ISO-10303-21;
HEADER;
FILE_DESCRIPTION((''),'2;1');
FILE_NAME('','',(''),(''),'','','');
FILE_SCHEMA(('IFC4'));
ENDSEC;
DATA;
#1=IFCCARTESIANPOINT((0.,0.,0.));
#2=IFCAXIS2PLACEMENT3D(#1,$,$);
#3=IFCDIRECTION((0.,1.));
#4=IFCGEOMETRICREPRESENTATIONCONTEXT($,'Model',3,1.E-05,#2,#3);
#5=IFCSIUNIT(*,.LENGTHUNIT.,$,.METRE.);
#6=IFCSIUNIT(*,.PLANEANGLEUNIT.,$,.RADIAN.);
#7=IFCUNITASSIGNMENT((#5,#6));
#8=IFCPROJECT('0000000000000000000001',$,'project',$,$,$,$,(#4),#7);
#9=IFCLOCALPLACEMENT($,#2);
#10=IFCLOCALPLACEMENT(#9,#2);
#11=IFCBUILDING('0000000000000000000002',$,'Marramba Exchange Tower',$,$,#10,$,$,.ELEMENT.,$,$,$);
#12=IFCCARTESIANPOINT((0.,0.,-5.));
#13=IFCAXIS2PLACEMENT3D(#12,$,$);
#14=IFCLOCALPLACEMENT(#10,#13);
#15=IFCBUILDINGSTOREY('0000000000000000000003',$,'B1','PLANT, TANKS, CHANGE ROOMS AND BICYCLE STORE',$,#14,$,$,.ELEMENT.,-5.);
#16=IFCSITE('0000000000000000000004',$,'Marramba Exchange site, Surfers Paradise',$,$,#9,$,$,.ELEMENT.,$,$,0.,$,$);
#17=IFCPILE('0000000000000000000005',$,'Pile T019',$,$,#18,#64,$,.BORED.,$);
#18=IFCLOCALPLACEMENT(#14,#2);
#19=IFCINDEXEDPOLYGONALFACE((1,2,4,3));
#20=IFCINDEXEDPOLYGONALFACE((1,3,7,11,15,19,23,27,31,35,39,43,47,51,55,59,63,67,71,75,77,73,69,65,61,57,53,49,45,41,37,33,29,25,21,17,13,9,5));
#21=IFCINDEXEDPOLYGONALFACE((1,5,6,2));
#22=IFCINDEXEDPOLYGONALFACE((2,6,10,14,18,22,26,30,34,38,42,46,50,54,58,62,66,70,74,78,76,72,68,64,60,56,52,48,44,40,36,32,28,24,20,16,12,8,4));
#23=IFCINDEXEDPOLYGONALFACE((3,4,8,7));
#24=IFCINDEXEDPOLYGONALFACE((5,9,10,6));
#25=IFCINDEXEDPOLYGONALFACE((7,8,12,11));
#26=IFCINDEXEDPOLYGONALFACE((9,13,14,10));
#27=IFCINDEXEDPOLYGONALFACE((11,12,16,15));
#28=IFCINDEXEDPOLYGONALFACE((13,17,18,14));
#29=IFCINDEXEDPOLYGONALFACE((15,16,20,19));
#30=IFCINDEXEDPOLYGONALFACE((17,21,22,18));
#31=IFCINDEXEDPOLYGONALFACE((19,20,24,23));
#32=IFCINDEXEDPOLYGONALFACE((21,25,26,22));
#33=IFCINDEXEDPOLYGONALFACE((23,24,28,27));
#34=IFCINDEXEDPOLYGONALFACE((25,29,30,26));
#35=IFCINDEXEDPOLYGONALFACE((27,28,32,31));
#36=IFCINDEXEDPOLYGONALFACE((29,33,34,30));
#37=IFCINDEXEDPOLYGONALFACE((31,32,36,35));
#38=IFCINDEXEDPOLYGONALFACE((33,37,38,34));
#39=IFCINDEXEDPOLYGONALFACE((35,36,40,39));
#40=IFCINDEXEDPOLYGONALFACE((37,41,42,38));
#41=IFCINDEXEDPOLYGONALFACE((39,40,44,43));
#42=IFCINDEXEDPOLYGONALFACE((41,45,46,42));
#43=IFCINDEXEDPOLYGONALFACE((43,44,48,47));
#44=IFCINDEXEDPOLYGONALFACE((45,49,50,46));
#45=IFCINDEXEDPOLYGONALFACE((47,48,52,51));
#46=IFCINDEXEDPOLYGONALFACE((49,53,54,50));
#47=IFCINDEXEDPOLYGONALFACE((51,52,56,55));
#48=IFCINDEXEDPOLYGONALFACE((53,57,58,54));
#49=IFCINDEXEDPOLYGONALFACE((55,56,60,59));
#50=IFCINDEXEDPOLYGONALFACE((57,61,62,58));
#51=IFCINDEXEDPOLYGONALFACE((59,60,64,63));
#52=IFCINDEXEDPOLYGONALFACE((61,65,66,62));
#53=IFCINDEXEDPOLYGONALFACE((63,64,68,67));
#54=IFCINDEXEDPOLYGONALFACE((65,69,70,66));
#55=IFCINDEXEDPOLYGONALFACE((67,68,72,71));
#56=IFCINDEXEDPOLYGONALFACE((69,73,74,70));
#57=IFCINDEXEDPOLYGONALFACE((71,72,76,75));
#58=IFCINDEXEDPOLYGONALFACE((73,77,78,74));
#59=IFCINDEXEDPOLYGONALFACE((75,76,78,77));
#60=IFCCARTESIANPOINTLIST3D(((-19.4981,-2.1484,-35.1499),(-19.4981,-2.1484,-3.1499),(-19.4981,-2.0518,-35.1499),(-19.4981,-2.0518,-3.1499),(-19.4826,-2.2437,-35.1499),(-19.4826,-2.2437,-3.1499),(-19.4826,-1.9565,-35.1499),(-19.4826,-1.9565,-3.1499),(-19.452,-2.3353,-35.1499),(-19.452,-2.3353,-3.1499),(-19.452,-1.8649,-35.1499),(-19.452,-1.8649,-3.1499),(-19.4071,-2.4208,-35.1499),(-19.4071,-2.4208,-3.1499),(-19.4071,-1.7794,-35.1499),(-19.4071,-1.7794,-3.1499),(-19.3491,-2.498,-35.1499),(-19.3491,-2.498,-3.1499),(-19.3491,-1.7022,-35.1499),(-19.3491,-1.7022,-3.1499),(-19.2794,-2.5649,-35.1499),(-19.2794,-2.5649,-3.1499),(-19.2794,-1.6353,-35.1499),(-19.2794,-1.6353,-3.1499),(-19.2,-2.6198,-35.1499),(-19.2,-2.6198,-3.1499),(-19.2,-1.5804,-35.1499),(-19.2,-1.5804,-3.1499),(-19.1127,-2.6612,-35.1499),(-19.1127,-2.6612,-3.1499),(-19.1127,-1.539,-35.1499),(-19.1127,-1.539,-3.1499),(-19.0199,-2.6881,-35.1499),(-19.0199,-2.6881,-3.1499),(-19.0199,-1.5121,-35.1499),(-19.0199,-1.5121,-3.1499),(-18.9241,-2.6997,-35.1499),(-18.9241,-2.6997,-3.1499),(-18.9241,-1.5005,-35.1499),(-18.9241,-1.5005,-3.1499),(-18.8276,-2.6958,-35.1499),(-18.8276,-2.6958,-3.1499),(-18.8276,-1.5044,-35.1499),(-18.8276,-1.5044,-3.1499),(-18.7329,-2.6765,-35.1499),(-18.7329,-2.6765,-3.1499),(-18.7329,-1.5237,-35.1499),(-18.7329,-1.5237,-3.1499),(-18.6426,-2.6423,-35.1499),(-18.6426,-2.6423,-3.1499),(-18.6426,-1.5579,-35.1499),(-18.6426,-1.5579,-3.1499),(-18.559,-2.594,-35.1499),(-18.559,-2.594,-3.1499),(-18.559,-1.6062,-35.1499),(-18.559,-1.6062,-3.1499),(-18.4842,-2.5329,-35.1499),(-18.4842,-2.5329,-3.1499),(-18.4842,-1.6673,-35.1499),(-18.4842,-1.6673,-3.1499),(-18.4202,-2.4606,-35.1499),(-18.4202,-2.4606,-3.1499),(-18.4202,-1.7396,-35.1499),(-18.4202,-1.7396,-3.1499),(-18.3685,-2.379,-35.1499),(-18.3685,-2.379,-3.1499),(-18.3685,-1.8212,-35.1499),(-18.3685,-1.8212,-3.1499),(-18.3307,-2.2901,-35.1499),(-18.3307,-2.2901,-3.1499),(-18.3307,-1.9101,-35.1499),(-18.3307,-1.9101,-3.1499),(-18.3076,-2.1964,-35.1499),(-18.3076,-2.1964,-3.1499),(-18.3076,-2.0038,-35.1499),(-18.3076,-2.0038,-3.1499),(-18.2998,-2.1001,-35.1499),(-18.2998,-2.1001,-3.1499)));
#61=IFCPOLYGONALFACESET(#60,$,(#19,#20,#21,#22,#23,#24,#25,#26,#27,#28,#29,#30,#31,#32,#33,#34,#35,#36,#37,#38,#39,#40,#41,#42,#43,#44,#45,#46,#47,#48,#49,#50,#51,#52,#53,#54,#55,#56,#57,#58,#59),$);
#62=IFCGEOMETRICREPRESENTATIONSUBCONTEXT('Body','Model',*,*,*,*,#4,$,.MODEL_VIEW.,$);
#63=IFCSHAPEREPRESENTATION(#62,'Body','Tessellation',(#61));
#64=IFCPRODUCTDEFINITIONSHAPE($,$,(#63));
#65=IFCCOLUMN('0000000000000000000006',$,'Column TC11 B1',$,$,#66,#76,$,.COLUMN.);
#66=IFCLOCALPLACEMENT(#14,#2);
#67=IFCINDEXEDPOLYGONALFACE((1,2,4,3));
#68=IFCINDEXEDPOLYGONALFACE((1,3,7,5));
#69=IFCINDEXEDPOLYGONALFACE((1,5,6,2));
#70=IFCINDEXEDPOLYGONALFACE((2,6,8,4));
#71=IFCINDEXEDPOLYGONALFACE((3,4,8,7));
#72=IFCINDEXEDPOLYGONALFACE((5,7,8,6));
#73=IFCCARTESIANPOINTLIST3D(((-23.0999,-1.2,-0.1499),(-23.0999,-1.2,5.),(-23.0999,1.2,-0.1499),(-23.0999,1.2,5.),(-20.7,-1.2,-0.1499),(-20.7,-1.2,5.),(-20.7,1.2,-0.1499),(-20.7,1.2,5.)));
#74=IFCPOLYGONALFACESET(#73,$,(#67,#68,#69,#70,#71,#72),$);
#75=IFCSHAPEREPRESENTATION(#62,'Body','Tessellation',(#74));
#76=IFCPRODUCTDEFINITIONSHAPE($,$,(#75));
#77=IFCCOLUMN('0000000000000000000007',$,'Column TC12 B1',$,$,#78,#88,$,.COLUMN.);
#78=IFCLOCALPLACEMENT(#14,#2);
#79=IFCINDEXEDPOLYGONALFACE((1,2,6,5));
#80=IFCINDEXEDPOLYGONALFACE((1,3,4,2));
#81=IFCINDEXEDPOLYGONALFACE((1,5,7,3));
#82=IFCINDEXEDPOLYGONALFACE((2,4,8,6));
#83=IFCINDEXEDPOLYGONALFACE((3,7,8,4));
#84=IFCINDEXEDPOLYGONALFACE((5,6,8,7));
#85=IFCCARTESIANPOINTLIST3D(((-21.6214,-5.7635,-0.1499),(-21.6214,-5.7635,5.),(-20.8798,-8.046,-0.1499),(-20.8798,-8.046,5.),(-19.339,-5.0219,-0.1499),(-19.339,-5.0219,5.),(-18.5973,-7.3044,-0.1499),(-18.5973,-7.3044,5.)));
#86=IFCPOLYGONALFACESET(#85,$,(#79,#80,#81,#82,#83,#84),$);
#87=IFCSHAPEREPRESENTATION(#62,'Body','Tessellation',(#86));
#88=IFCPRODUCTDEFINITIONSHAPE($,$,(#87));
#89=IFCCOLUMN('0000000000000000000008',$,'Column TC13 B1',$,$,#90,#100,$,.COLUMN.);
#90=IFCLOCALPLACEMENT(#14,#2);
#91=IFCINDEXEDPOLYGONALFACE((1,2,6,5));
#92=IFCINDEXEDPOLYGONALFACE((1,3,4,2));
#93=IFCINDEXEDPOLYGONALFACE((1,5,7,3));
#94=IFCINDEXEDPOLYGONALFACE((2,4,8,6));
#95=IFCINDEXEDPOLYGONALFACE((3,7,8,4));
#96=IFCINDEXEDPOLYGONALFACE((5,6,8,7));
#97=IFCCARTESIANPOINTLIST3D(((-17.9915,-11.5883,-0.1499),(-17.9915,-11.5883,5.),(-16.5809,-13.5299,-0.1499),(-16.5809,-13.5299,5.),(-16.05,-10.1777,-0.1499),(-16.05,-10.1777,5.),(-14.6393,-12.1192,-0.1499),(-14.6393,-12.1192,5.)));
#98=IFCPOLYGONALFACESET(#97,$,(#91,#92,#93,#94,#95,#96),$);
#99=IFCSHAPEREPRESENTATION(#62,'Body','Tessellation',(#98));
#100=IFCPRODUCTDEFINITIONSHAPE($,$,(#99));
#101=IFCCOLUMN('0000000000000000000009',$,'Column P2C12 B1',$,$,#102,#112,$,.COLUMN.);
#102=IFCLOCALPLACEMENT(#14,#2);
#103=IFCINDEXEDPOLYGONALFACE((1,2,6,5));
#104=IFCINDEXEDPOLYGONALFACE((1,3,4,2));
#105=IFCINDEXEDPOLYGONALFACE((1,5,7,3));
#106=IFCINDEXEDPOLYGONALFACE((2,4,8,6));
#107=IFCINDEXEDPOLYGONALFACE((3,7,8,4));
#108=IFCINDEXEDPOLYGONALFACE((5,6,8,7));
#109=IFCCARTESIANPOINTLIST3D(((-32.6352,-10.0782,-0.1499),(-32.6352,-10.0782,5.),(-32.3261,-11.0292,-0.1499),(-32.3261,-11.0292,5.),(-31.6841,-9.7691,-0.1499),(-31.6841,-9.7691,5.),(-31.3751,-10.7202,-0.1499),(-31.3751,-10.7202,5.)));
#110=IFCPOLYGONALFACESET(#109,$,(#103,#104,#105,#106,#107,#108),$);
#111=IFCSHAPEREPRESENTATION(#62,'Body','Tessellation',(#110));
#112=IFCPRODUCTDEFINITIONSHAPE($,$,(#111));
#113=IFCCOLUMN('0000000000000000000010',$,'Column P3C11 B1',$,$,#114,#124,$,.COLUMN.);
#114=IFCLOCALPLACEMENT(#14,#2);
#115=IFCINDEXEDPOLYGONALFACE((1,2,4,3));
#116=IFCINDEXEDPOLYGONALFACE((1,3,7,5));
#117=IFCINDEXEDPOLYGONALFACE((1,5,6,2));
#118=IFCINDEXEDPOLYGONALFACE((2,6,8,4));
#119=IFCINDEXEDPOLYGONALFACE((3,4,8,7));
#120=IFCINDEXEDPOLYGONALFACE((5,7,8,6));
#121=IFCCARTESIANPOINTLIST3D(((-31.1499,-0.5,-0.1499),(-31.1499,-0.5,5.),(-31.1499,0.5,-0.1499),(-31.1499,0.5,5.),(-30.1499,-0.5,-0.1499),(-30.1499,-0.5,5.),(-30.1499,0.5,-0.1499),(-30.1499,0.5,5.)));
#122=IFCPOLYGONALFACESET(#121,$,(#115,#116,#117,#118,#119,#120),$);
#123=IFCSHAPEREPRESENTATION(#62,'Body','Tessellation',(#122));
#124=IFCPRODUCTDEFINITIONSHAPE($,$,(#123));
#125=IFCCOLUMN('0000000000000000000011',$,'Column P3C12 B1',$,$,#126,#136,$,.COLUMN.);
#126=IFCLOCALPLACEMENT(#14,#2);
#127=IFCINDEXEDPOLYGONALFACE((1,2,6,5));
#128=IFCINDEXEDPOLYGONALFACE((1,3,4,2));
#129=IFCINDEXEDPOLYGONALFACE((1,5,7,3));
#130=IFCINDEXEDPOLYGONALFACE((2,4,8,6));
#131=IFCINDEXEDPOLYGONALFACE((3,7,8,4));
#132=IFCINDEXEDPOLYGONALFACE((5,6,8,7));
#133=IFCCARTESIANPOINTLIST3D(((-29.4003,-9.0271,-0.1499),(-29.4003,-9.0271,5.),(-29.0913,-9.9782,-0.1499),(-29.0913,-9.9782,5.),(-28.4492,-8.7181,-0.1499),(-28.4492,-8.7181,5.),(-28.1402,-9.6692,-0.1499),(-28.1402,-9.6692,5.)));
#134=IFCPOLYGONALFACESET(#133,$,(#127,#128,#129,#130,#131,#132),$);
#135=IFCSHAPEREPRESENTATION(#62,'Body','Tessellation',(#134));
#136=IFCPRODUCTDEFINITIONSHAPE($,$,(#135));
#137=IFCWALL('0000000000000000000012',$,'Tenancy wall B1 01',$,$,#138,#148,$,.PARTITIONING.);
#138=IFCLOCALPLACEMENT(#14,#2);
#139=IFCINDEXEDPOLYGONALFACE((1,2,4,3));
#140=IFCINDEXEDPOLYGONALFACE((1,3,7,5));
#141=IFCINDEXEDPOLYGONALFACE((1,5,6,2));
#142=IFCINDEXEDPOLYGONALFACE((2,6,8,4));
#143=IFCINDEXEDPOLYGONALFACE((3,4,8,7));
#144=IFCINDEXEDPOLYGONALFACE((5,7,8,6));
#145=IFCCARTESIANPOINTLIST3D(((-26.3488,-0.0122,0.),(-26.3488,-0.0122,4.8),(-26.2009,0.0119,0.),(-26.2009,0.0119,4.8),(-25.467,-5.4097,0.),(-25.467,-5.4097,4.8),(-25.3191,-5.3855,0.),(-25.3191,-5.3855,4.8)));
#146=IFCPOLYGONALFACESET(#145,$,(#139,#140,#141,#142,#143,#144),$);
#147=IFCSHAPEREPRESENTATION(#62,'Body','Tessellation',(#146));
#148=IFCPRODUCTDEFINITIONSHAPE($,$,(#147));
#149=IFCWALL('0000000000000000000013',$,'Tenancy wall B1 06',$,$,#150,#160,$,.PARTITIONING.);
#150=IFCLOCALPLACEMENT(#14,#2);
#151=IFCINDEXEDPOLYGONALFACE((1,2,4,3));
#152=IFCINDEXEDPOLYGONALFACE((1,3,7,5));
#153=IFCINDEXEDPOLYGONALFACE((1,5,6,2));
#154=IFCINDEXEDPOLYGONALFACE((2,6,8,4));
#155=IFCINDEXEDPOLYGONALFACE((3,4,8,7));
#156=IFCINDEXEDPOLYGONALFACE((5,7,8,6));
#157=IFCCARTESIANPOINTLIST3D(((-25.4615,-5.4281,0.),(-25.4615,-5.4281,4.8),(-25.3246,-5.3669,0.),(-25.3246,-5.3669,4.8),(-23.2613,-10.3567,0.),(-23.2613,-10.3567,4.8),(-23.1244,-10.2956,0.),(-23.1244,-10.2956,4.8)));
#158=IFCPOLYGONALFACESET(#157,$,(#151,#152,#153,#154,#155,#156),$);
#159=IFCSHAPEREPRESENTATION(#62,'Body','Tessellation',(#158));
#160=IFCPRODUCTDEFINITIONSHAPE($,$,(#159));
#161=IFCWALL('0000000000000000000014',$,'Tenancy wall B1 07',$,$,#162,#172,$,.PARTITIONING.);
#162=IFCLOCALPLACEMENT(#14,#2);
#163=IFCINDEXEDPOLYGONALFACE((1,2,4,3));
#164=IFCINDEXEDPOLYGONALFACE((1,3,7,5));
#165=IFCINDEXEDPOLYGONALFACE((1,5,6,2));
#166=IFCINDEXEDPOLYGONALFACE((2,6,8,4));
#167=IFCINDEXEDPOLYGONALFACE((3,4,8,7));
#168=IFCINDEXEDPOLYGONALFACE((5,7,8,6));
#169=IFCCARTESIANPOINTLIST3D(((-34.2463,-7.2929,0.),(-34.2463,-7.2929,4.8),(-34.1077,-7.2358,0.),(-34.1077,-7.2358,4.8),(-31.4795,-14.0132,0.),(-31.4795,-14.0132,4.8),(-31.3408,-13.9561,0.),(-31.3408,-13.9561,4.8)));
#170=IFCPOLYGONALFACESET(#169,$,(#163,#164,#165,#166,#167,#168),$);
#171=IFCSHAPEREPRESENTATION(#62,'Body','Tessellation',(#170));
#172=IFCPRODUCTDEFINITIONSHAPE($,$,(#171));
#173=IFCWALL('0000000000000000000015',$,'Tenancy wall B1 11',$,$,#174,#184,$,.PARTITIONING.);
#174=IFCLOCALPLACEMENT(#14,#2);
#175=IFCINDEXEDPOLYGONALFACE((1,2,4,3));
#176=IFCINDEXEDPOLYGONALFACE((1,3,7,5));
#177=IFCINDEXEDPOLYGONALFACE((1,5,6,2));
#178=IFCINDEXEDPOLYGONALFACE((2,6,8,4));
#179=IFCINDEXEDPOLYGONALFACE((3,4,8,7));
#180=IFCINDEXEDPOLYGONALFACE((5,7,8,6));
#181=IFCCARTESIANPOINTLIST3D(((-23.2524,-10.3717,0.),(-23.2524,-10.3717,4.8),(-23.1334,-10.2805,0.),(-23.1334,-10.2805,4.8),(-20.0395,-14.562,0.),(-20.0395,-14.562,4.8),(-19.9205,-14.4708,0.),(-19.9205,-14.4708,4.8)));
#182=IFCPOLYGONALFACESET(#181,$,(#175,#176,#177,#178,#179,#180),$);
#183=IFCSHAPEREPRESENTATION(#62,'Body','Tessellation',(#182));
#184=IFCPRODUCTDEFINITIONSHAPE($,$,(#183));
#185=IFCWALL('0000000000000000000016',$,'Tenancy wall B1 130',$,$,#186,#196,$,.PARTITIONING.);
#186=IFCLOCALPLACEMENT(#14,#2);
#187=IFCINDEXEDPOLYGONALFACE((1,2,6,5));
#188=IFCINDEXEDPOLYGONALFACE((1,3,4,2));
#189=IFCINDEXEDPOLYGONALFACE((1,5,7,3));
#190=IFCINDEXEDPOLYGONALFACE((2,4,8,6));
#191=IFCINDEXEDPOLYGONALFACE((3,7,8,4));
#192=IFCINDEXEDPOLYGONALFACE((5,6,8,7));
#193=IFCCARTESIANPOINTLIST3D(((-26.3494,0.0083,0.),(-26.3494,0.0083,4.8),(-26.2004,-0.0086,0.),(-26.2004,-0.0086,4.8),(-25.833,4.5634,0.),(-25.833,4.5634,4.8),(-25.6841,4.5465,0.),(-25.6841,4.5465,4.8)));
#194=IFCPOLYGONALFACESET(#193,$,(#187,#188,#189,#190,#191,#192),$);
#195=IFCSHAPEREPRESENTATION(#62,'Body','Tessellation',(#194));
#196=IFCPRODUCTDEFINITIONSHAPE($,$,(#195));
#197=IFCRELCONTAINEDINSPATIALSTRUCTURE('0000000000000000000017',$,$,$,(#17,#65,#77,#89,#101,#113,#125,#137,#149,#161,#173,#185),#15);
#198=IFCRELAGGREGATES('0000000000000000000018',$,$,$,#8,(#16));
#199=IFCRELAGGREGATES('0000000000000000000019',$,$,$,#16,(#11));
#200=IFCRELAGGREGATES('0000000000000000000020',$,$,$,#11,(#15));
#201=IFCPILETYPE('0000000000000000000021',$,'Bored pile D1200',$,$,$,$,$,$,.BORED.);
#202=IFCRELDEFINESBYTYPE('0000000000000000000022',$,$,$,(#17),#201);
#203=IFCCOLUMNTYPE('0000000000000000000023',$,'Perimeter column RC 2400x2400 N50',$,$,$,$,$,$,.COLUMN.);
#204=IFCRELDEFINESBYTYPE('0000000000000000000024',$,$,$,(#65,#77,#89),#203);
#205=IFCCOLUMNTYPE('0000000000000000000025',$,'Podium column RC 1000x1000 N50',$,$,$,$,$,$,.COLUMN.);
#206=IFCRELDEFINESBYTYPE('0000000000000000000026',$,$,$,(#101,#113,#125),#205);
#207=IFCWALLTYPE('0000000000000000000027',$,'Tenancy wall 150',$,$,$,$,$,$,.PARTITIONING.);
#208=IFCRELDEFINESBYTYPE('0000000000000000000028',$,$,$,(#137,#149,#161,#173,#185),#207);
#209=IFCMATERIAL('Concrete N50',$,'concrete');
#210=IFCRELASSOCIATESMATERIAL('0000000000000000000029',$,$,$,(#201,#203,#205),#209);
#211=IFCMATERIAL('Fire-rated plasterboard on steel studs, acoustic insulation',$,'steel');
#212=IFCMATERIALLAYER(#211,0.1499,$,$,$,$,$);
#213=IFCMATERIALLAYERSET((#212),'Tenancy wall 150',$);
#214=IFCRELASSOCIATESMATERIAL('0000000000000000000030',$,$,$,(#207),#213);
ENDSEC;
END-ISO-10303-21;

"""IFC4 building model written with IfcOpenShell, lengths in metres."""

from ifc_helpers import new_model, si_unit, direction, frame, frame_2d, origin, origin_2d, place, context, subcontext, project, spatial, rectangle, circle, extrude, material, layer, layer_set, material_profile, profile_set, type_object, element, save


model = new_model("IFC4")

# Units and contexts
model_context = context("Model", 3, precision=1e-05, world=origin(), true_north=direction((0.0, 1.0)))
body_context = subcontext(model_context, "Body", "Model", "MODEL_VIEW")
ifc_project = project(units=[si_unit("LENGTHUNIT", "METRE"), si_unit("PLANEANGLEUNIT", "RADIAN")], contexts=[model_context])

# Site, building, storey
site_placement = place(None, origin())
site = spatial("IfcSite", under=ifc_project, at=site_placement, Name="Marramba Exchange site, Surfers Paradise", CompositionType="ELEMENT", RefElevation=0.0)
building_placement = place(site_placement, origin())
building = spatial("IfcBuilding", under=site, at=building_placement, Name="Marramba Exchange Tower", CompositionType="ELEMENT")
storey_placement = place(building_placement, frame((0.0, 0.0, -5.0)))
storey = spatial("IfcBuildingStorey", under=building, at=storey_placement, Name="B1", Description="PLANT, TANKS, CHANGE ROOMS AND BICYCLE STORE", CompositionType="ELEMENT", Elevation=-5.0)

# Pile
ifc_material_1 = material(Name="Concrete N50", Category="concrete")
ifc_material_profile_1 = material_profile(ifc_material_1, circle(Radius=0.6001, at=origin_2d()), Name="BP D1200")
ifc_profile_set_1 = profile_set([ifc_material_profile_1], Name="Concrete N50")
pile_type = type_object("IfcPileType", Name="Bored pile D1200", PredefinedType="BORED", material=ifc_profile_set_1)
for number, where, z_axis, x_axis, name in (
    (1, (-18.8999, -2.1001, -3.1499), (0.0, 0.0, -1.0), (1.0, 0.0, 0.0), "Pile T019"),
):
    element("IfcPile", number, at=place(storey_placement, frame(where, z_axis=z_axis, x_axis=x_axis)), inside=storey, type_object=pile_type, Name=name, PredefinedType="BORED", context=body_context, shape_type="SweptSolid", body=[
        extrude(circle(Radius=0.6001, at=origin_2d()), origin(), (0.0, 0.0, 1.0), 32.0),
    ])

# Columns
ifc_material_profile_2 = material_profile(ifc_material_1, rectangle(XDim=2.3999, YDim=2.3999, at=origin_2d()), Name="RC 2400x2400")
ifc_profile_set_2 = profile_set([ifc_material_profile_2], Name="Concrete N50")
column_type_1 = type_object("IfcColumnType", Name="Perimeter column RC 2400x2400 N50", PredefinedType="COLUMN", material=ifc_profile_set_2)
for number, where, z_axis, x_axis, name in (
    (2, (-21.8999, 0.0, -0.1499), (0.0, 0.0, 1.0), (-1.0, 0.0, 0.0), "Column TC11 B1"),
    (3, (-20.1094, -6.5339, -0.1499), (0.0, 0.0, 1.0), (-0.951057, -0.309017, 0.0), "Column TC12 B1"),
    (4, (-16.3154, -11.8538, -0.1499), (0.0, 0.0, 1.0), (-0.809017, -0.587785, 0.0), "Column TC13 B1"),
):
    element("IfcColumn", number, at=place(storey_placement, frame(where, z_axis=z_axis, x_axis=x_axis)), inside=storey, type_object=column_type_1, Name=name, PredefinedType="COLUMN", context=body_context, shape_type="SweptSolid", body=[
        extrude(rectangle(XDim=2.3999, YDim=2.3999, at=origin_2d()), origin(), (0.0, 0.0, 1.0), 5.1499),
    ])
ifc_material_profile_3 = material_profile(ifc_material_1, rectangle(XDim=1.0, YDim=1.0, at=origin_2d()), Name="RC 1000x1000")
ifc_profile_set_3 = profile_set([ifc_material_profile_3], Name="Concrete N50")
column_type_2 = type_object("IfcColumnType", Name="Podium column RC 1000x1000 N50", PredefinedType="COLUMN", material=ifc_profile_set_3)
for number, where, z_axis, x_axis, name in (
    (5, (-32.0051, -10.3992, -0.1499), (0.0, 0.0, 1.0), (-0.951057, -0.309017, 0.0), "Column P2C12 B1"),
    (6, (-30.6499, 0.0, -0.1499), (0.0, 0.0, 1.0), (-1.0, 0.0, 0.0), "Column P3C11 B1"),
    (7, (-28.7703, -9.3481, -0.1499), (0.0, 0.0, 1.0), (-0.951057, -0.309017, 0.0), "Column P3C12 B1"),
):
    element("IfcColumn", number, at=place(storey_placement, frame(where, z_axis=z_axis, x_axis=x_axis)), inside=storey, type_object=column_type_2, Name=name, PredefinedType="COLUMN", context=body_context, shape_type="SweptSolid", body=[
        extrude(rectangle(XDim=1.0, YDim=1.0, at=origin_2d()), origin(), (0.0, 0.0, 1.0), 5.1499),
    ])

# Walls
ifc_material_2 = material(Name="Fire-rated plasterboard on steel studs, acoustic insulation", Category="steel")
ifc_layer = layer(ifc_material_2, 0.1499)
ifc_layer_set = layer_set([ifc_layer], Name="Tenancy wall 150")
wall_type = type_object("IfcWallType", Name="Tenancy wall 150", PredefinedType="PARTITIONING", material=ifc_layer_set)
wall_1_placement = place(storey_placement, frame((-25.3931, -5.3975, 0.0), z_axis=(0.0, 0.0, 1.0), x_axis=(-0.161242, 0.986915, 0.0)))
element("IfcWall", 8, at=wall_1_placement, inside=storey, type_object=wall_type, Name="Tenancy wall B1 01", PredefinedType="PARTITIONING", context=body_context, shape_type="SweptSolid", body=[
    extrude(rectangle(XDim=5.469, YDim=0.1499, at=frame_2d((2.7344, 0.0))), origin(), (0.0, 0.0, 1.0), 4.8),
])
wall_2_placement = place(storey_placement, frame((-23.1929, -10.3262, 0.0), z_axis=(0.0, 0.0, 1.0), x_axis=(-0.407632, 0.913146, 0.0)))
element("IfcWall", 9, at=wall_2_placement, inside=storey, type_object=wall_type, Name="Tenancy wall B1 06", PredefinedType="PARTITIONING", context=body_context, shape_type="SweptSolid", body=[
    extrude(rectangle(XDim=5.3975, YDim=0.1499, at=frame_2d((2.6987, 0.0))), origin(), (0.0, 0.0, 1.0), 4.8),
])
wall_3_placement = place(storey_placement, frame((-31.4102, -13.9846, 0.0), z_axis=(0.0, 0.0, 1.0), x_axis=(-0.380714, 0.924693, 0.0)))
element("IfcWall", 10, at=wall_3_placement, inside=storey, type_object=wall_type, Name="Tenancy wall B1 07", PredefinedType="PARTITIONING", context=body_context, shape_type="SweptSolid", body=[
    extrude(rectangle(XDim=7.2676, YDim=0.1499, at=frame_2d((3.6338, 0.0))), origin(), (0.0, 0.0, 1.0), 4.8),
])
wall_4_placement = place(storey_placement, frame((-19.98, -14.5164, 0.0), z_axis=(0.0, 0.0, 1.0), x_axis=(-0.608481, 0.793568, 0.0)))
element("IfcWall", 11, at=wall_4_placement, inside=storey, type_object=wall_type, Name="Tenancy wall B1 11", PredefinedType="PARTITIONING", context=body_context, shape_type="SweptSolid", body=[
    extrude(rectangle(XDim=5.2803, YDim=0.1499, at=frame_2d((2.6401, 0.0))), origin(), (0.0, 0.0, 1.0), 4.8),
])
wall_5_placement = place(storey_placement, frame((-26.2749, 0.0, 0.0), z_axis=(0.0, 0.0, 1.0), x_axis=(0.112635, 0.993636, 0.0)))
element("IfcWall", 12, at=wall_5_placement, inside=storey, type_object=wall_type, Name="Tenancy wall B1 130", PredefinedType="PARTITIONING", context=body_context, shape_type="SweptSolid", body=[
    extrude(rectangle(XDim=4.5842, YDim=0.1499, at=frame_2d((2.292, 0.0))), origin(), (0.0, 0.0, 1.0), 4.8),
])

save(model, "model.ifc")
